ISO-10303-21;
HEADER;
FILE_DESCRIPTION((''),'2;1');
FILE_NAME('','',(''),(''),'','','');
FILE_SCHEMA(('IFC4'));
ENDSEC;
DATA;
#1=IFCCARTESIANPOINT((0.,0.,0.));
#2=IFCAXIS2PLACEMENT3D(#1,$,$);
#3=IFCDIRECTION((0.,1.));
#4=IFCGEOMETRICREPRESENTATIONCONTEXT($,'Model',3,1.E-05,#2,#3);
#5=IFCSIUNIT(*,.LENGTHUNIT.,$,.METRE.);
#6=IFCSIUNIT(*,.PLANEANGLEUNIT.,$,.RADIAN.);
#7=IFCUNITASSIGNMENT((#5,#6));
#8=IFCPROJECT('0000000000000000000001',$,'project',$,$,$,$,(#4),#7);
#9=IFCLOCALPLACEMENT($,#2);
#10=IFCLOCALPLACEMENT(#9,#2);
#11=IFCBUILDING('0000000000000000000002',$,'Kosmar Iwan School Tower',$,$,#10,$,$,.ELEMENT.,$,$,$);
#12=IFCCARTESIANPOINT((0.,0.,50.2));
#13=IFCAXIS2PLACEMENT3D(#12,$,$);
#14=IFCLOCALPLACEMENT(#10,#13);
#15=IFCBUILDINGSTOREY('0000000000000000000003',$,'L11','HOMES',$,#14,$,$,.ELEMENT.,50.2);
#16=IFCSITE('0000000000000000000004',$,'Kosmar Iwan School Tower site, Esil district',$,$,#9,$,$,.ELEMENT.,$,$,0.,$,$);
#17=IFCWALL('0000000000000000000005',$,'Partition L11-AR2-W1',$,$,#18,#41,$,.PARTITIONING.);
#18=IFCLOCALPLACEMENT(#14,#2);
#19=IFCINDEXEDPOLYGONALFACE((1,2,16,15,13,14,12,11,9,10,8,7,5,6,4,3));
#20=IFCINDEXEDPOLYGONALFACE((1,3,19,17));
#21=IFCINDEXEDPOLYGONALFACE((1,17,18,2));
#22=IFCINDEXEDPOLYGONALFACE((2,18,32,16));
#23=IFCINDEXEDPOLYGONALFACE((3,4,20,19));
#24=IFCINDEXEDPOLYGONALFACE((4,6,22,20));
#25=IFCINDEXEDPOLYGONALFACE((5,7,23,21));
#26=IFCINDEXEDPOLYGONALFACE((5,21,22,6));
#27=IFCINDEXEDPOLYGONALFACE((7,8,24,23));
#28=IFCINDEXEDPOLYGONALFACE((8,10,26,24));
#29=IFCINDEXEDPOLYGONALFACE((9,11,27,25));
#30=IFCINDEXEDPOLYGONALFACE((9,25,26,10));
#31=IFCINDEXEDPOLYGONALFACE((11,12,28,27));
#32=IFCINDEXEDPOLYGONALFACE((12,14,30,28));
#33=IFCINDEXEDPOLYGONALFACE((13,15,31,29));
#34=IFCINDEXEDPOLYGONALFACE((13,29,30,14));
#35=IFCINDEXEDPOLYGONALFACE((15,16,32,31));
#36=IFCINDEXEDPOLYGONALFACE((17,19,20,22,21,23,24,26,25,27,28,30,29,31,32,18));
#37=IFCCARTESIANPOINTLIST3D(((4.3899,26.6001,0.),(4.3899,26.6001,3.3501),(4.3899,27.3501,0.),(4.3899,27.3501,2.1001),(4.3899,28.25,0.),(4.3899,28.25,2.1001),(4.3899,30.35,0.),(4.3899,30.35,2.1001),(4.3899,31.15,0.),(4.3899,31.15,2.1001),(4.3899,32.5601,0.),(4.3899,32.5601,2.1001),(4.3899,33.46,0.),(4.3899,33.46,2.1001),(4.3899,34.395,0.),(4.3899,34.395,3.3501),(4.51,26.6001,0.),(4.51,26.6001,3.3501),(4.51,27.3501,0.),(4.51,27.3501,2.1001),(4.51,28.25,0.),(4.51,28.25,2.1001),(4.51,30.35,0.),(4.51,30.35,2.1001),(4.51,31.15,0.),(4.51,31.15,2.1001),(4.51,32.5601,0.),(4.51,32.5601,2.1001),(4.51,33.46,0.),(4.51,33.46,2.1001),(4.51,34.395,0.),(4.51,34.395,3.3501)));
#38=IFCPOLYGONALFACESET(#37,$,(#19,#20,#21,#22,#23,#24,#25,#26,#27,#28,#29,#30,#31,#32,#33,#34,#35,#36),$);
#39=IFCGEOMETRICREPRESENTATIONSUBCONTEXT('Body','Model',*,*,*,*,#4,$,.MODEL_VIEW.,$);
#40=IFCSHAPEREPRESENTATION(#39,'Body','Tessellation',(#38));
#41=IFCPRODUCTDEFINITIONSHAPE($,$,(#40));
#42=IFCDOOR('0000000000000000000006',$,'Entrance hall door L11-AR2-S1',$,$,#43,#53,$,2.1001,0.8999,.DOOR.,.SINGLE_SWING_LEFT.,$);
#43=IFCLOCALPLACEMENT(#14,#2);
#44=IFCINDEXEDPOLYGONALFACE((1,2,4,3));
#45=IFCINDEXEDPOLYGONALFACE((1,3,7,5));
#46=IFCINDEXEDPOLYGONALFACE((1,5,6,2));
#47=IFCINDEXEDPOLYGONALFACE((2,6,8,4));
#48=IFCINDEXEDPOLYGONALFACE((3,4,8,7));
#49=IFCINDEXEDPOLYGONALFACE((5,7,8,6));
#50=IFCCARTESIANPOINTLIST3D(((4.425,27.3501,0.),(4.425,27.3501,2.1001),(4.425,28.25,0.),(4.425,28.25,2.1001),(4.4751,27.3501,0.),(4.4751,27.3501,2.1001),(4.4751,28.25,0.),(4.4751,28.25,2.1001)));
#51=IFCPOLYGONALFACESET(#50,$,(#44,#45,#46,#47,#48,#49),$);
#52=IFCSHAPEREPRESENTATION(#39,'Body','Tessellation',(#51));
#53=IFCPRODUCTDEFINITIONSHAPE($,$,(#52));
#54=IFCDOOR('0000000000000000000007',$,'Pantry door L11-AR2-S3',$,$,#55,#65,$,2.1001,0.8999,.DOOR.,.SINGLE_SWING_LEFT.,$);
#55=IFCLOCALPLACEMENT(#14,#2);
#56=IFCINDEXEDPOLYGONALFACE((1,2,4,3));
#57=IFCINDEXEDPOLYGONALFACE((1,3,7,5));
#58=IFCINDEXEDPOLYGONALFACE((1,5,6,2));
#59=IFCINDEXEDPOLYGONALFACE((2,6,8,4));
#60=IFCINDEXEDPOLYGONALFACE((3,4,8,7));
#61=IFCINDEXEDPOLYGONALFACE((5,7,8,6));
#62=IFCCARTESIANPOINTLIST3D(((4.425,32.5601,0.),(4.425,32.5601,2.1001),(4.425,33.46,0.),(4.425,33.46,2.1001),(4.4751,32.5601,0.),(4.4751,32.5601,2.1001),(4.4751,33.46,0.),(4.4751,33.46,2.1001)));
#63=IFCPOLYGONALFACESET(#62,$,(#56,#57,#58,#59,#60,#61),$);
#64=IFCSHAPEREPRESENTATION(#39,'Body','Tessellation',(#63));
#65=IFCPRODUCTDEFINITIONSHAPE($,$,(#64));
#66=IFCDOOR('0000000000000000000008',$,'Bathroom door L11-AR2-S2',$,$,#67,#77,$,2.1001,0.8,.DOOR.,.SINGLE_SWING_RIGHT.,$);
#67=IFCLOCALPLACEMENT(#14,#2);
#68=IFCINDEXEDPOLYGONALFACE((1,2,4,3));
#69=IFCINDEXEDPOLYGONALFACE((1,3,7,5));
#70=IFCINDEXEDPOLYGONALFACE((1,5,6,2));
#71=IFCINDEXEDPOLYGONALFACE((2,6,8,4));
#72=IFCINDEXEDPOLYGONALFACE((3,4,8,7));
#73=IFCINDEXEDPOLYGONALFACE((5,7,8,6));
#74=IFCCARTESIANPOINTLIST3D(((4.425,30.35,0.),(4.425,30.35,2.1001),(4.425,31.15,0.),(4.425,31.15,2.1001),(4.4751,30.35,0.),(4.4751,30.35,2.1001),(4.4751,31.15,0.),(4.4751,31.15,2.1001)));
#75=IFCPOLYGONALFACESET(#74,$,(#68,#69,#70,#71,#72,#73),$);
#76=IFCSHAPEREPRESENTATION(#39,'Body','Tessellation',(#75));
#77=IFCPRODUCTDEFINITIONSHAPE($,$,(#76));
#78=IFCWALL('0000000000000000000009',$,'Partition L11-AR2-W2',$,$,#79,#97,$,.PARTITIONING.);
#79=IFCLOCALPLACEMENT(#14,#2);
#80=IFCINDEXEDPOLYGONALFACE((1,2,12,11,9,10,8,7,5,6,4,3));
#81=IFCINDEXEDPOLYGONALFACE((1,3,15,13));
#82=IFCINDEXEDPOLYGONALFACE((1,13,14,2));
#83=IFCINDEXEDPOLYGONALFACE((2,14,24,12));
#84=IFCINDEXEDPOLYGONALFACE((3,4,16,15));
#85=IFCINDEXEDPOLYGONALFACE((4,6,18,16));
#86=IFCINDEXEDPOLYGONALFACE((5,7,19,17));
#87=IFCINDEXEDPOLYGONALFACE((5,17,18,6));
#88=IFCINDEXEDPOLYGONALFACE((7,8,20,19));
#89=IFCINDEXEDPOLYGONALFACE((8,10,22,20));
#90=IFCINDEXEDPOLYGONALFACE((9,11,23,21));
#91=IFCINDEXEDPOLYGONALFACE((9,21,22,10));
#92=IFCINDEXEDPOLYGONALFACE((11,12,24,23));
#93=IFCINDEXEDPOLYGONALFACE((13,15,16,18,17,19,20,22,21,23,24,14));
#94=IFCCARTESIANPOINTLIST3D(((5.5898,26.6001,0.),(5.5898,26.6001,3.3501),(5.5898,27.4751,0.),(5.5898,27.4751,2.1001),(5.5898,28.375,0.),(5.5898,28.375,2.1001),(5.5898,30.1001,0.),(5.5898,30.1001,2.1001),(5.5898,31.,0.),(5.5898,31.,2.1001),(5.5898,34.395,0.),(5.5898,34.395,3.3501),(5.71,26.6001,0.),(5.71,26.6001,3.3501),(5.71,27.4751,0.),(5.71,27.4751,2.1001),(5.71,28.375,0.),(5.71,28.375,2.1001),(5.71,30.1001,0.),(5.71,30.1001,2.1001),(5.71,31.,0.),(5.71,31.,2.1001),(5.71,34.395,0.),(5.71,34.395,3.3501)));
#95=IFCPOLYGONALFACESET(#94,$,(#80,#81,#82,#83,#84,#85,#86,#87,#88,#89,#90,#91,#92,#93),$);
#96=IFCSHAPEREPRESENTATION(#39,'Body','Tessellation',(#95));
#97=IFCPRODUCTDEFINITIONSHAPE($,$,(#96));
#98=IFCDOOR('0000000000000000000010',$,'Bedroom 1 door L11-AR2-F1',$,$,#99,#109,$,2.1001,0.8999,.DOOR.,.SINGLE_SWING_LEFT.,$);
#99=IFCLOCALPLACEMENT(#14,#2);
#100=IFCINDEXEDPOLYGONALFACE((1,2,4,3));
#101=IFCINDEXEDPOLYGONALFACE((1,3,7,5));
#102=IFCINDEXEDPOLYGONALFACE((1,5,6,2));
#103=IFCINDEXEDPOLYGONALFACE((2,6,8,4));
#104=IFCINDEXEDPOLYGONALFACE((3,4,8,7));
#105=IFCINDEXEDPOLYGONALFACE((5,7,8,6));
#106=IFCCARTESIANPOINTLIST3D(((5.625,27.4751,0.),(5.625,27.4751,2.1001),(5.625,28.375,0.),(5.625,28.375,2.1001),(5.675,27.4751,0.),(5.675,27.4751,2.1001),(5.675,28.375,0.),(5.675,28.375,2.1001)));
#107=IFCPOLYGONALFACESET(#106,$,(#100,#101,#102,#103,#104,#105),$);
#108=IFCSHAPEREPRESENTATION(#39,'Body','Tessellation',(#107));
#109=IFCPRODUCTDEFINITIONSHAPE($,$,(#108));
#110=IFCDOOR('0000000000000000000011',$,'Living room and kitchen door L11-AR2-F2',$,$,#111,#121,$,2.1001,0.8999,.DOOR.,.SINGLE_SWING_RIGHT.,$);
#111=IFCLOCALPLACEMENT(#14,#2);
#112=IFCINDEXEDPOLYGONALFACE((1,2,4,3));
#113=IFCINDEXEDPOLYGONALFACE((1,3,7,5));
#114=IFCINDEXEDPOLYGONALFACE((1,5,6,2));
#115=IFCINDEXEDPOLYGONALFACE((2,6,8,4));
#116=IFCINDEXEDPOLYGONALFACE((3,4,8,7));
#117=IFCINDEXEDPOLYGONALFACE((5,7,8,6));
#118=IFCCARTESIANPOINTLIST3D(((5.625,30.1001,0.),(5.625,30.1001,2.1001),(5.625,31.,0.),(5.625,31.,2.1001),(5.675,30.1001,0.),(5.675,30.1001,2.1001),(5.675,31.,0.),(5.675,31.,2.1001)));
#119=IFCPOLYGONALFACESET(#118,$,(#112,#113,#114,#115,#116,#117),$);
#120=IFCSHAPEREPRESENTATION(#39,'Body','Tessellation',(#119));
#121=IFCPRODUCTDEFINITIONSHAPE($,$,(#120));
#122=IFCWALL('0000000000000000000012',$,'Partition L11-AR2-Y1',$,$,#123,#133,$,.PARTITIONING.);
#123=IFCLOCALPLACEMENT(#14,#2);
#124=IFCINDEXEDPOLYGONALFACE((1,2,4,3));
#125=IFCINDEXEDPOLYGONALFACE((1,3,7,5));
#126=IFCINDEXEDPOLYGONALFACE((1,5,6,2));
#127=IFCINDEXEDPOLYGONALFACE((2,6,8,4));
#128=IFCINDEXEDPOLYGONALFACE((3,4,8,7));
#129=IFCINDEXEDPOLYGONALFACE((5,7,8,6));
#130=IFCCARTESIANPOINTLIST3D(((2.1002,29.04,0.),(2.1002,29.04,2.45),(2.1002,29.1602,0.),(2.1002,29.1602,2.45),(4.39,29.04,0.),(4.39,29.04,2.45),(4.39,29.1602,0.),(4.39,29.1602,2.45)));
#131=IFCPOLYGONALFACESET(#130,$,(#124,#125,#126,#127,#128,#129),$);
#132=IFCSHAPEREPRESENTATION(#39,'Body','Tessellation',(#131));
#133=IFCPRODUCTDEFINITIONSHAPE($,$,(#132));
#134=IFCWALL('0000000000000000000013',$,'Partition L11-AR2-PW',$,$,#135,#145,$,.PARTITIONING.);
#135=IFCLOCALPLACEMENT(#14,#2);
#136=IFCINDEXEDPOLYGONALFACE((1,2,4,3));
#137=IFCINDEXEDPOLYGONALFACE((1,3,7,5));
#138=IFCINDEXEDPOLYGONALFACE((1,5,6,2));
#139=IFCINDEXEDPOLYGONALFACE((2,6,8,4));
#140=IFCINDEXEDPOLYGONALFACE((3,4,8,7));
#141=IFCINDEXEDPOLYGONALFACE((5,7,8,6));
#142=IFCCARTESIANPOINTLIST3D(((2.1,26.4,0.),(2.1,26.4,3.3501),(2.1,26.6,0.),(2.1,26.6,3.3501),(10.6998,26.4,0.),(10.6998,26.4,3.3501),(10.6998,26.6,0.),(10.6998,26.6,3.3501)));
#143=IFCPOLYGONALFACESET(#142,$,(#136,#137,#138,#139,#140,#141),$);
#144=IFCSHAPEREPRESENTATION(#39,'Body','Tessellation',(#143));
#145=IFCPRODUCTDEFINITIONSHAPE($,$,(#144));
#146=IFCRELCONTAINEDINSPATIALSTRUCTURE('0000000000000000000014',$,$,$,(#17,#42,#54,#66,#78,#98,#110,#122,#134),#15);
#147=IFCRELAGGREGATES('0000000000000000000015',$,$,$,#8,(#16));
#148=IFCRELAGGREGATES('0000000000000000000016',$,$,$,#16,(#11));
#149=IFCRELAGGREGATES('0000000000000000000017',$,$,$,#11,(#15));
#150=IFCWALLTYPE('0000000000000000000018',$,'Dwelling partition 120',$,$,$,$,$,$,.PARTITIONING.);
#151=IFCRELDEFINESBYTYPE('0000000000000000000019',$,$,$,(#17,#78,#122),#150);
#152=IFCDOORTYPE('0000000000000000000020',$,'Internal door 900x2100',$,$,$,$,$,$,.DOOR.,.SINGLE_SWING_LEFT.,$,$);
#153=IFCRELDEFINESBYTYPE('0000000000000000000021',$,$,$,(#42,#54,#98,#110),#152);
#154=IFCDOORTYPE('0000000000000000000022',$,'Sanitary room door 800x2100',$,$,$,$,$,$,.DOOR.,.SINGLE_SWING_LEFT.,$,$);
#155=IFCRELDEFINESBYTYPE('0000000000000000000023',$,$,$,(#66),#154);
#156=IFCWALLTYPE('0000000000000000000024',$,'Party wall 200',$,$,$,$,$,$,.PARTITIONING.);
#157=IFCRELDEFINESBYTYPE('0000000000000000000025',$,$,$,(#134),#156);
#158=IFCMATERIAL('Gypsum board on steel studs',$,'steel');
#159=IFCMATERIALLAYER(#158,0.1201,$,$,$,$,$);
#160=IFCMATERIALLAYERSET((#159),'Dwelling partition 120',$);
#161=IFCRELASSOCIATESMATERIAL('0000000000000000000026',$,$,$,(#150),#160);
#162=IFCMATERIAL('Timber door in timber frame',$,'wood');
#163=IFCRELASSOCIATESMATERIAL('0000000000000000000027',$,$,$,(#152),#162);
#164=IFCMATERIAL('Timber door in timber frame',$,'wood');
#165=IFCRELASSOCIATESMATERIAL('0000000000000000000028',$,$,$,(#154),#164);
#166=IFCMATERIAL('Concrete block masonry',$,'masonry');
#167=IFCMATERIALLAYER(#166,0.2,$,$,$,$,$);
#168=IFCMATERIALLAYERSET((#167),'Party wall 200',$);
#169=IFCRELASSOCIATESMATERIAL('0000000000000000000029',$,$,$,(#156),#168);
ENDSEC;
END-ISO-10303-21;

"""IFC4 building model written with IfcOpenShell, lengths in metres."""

from ifc_helpers import new_model, si_unit, direction, frame, frame_2d, origin, place, context, subcontext, project, spatial, rectangle, extrude, material, layer, layer_set, type_object, element, fill, save


model = new_model("IFC4")

# Units and contexts
model_context = context("Model", 3, precision=1e-05, world=origin(), true_north=direction((0.0, 1.0)))
body_context = subcontext(model_context, "Body", "Model", "MODEL_VIEW")
ifc_project = project(units=[si_unit("LENGTHUNIT", "METRE"), si_unit("PLANEANGLEUNIT", "RADIAN")], contexts=[model_context])

# Site, building, storey
site_placement = place(None, origin())
site = spatial("IfcSite", under=ifc_project, at=site_placement, Name="Kosmar Iwan School Tower site, Esil district", CompositionType="ELEMENT", RefElevation=0.0)
building_placement = place(site_placement, origin())
building = spatial("IfcBuilding", under=site, at=building_placement, Name="Kosmar Iwan School Tower", CompositionType="ELEMENT")
storey_placement = place(building_placement, frame((0.0, 0.0, 50.2)))
storey = spatial("IfcBuildingStorey", under=building, at=storey_placement, Name="L11", Description="HOMES", CompositionType="ELEMENT", Elevation=50.2)

# Shared definitions
ifc_material_1 = material(Name="Gypsum board on steel studs", Category="steel")
ifc_layer_1 = layer(ifc_material_1, 0.1201)
ifc_layer_set_1 = layer_set([ifc_layer_1], Name="Dwelling partition 120")
wall_type_1 = type_object("IfcWallType", Name="Dwelling partition 120", PredefinedType="PARTITIONING", material=ifc_layer_set_1)

# Walls, openings, doors
wall_1_placement = place(storey_placement, frame((4.45, 26.6001, 0.0), z_axis=(0.0, 0.0, 1.0), x_axis=(0.0, 1.0, 0.0)))
wall_1 = element("IfcWall", 1, at=wall_1_placement, inside=storey, type_object=wall_type_1, Name="Partition L11-AR2-W1", PredefinedType="PARTITIONING", context=body_context, shape_type="SweptSolid", body=[
    extrude(rectangle(XDim=7.7949, YDim=0.1201, at=frame_2d((3.8975, 0.0))), origin(), (0.0, 0.0, 1.0), 3.3501),
])
opening_1_placement = place(wall_1_placement, frame((0.75, 0.0, 0.0)))
opening_1 = element("IfcOpeningElement", 2, at=opening_1_placement, cuts=wall_1, PredefinedType="OPENING", context=body_context, shape_type="SweptSolid", body=[
    extrude(rectangle(XDim=0.8999, YDim=2.1001, at=frame_2d((0.45, 1.05))), frame((0.0, 0.072, 0.0), z_axis=(0.0, -1.0, 0.0), x_axis=(1.0, 0.0, 0.0)), (0.0, 0.0, 1.0), 0.144),
])
opening_2_placement = place(wall_1_placement, frame((3.75, 0.0, 0.0)))
opening_2 = element("IfcOpeningElement", 3, at=opening_2_placement, cuts=wall_1, PredefinedType="OPENING", context=body_context, shape_type="SweptSolid", body=[
    extrude(rectangle(XDim=0.8, YDim=2.1001, at=frame_2d((0.3999, 1.05))), frame((0.0, 0.072, 0.0), z_axis=(0.0, -1.0, 0.0), x_axis=(1.0, 0.0, 0.0)), (0.0, 0.0, 1.0), 0.144),
])
opening_3_placement = place(wall_1_placement, frame((5.96, 0.0, 0.0)))
opening_3 = element("IfcOpeningElement", 4, at=opening_3_placement, cuts=wall_1, PredefinedType="OPENING", context=body_context, shape_type="SweptSolid", body=[
    extrude(rectangle(XDim=0.8999, YDim=2.1001, at=frame_2d((0.45, 1.05))), frame((0.0, 0.072, 0.0), z_axis=(0.0, -1.0, 0.0), x_axis=(1.0, 0.0, 0.0)), (0.0, 0.0, 1.0), 0.144),
])
ifc_material_2 = material(Name="Timber door in timber frame", Category="wood")
door_type_1 = type_object("IfcDoorType", Name="Internal door 900x2100", OperationType="SINGLE_SWING_LEFT", PredefinedType="DOOR", material=ifc_material_2)
door_1_placement = place(opening_1_placement, origin())
door_1 = element("IfcDoor", 5, at=door_1_placement, inside=storey, type_object=door_type_1, Name="Entrance hall door L11-AR2-S1", OperationType="SINGLE_SWING_LEFT", OverallHeight=2.1001, OverallWidth=0.8999, PredefinedType="DOOR", context=body_context, shape_type="SweptSolid", body=[
    extrude(rectangle(XDim=0.8999, YDim=2.1001, at=frame_2d((0.45, 1.05))), frame((0.0, 0.0249, 0.0), z_axis=(0.0, -1.0, 0.0), x_axis=(1.0, 0.0, 0.0)), (0.0, 0.0, 1.0), 0.05),
])
fill(opening_1, door_1)
door_2_placement = place(opening_3_placement, origin())
door_2 = element("IfcDoor", 6, at=door_2_placement, inside=storey, type_object=door_type_1, Name="Pantry door L11-AR2-S3", OperationType="SINGLE_SWING_LEFT", OverallHeight=2.1001, OverallWidth=0.8999, PredefinedType="DOOR", context=body_context, shape_type="SweptSolid", body=[
    extrude(rectangle(XDim=0.8999, YDim=2.1001, at=frame_2d((0.45, 1.05))), frame((0.0, 0.0249, 0.0), z_axis=(0.0, -1.0, 0.0), x_axis=(1.0, 0.0, 0.0)), (0.0, 0.0, 1.0), 0.05),
])
fill(opening_3, door_2)
ifc_material_3 = material(Name="Timber door in timber frame", Category="wood")
door_type_2 = type_object("IfcDoorType", Name="Sanitary room door 800x2100", OperationType="SINGLE_SWING_LEFT", PredefinedType="DOOR", material=ifc_material_3)
door_3_placement = place(opening_2_placement, origin())
door_3 = element("IfcDoor", 7, at=door_3_placement, inside=storey, type_object=door_type_2, Name="Bathroom door L11-AR2-S2", OperationType="SINGLE_SWING_RIGHT", OverallHeight=2.1001, OverallWidth=0.8, PredefinedType="DOOR", context=body_context, shape_type="SweptSolid", body=[
    extrude(rectangle(XDim=0.8, YDim=2.1001, at=frame_2d((0.3999, 1.05))), frame((0.0, 0.0249, 0.0), z_axis=(0.0, -1.0, 0.0), x_axis=(1.0, 0.0, 0.0)), (0.0, 0.0, 1.0), 0.05),
])
fill(opening_2, door_3)
wall_2_placement = place(storey_placement, frame((5.6499, 26.6001, 0.0), z_axis=(0.0, 0.0, 1.0), x_axis=(0.0, 1.0, 0.0)))
wall_2 = element("IfcWall", 8, at=wall_2_placement, inside=storey, type_object=wall_type_1, Name="Partition L11-AR2-W2", PredefinedType="PARTITIONING", context=body_context, shape_type="SweptSolid", body=[
    extrude(rectangle(XDim=7.7949, YDim=0.1201, at=frame_2d((3.8975, 0.0))), origin(), (0.0, 0.0, 1.0), 3.3501),
])
opening_4_placement = place(wall_2_placement, frame((0.875, 0.0, 0.0)))
opening_4 = element("IfcOpeningElement", 9, at=opening_4_placement, cuts=wall_2, PredefinedType="OPENING", context=body_context, shape_type="SweptSolid", body=[
    extrude(rectangle(XDim=0.8999, YDim=2.1001, at=frame_2d((0.45, 1.05))), frame((0.0, 0.072, 0.0), z_axis=(0.0, -1.0, 0.0), x_axis=(1.0, 0.0, 0.0)), (0.0, 0.0, 1.0), 0.144),
])
opening_5_placement = place(wall_2_placement, frame((3.5, 0.0, 0.0)))
opening_5 = element("IfcOpeningElement", 10, at=opening_5_placement, cuts=wall_2, PredefinedType="OPENING", context=body_context, shape_type="SweptSolid", body=[
    extrude(rectangle(XDim=0.8999, YDim=2.1001, at=frame_2d((0.45, 1.05))), frame((0.0, 0.072, 0.0), z_axis=(0.0, -1.0, 0.0), x_axis=(1.0, 0.0, 0.0)), (0.0, 0.0, 1.0), 0.144),
])
door_4_placement = place(opening_4_placement, origin())
door_4 = element("IfcDoor", 11, at=door_4_placement, inside=storey, type_object=door_type_1, Name="Bedroom 1 door L11-AR2-F1", OperationType="SINGLE_SWING_LEFT", OverallHeight=2.1001, OverallWidth=0.8999, PredefinedType="DOOR", context=body_context, shape_type="SweptSolid", body=[
    extrude(rectangle(XDim=0.8999, YDim=2.1001, at=frame_2d((0.45, 1.05))), frame((0.0, 0.0249, 0.0), z_axis=(0.0, -1.0, 0.0), x_axis=(1.0, 0.0, 0.0)), (0.0, 0.0, 1.0), 0.05),
])
fill(opening_4, door_4)
door_5_placement = place(opening_5_placement, origin())
door_5 = element("IfcDoor", 12, at=door_5_placement, inside=storey, type_object=door_type_1, Name="Living room and kitchen door L11-AR2-F2", OperationType="SINGLE_SWING_RIGHT", OverallHeight=2.1001, OverallWidth=0.8999, PredefinedType="DOOR", context=body_context, shape_type="SweptSolid", body=[
    extrude(rectangle(XDim=0.8999, YDim=2.1001, at=frame_2d((0.45, 1.05))), frame((0.0, 0.0249, 0.0), z_axis=(0.0, -1.0, 0.0), x_axis=(1.0, 0.0, 0.0)), (0.0, 0.0, 1.0), 0.05),
])
fill(opening_5, door_5)

# Walls
wall_3_placement = place(storey_placement, frame((2.1001, 29.1001, 0.0), z_axis=(0.0, 0.0, 1.0), x_axis=(1.0, 0.0, 0.0)))
element("IfcWall", 13, at=wall_3_placement, inside=storey, type_object=wall_type_1, Name="Partition L11-AR2-Y1", PredefinedType="PARTITIONING", context=body_context, shape_type="SweptSolid", body=[
    extrude(rectangle(XDim=2.2898, YDim=0.1201, at=frame_2d((1.145, 0.0))), origin(), (0.0, 0.0, 1.0), 2.45),
])
ifc_material_4 = material(Name="Concrete block masonry", Category="masonry")
ifc_layer_2 = layer(ifc_material_4, 0.2)
ifc_layer_set_2 = layer_set([ifc_layer_2], Name="Party wall 200")
wall_type_2 = type_object("IfcWallType", Name="Party wall 200", PredefinedType="PARTITIONING", material=ifc_layer_set_2)
wall_4_placement = place(storey_placement, frame((2.1001, 26.5, 0.0), z_axis=(0.0, 0.0, 1.0), x_axis=(1.0, 0.0, 0.0)))
element("IfcWall", 14, at=wall_4_placement, inside=storey, type_object=wall_type_2, Name="Partition L11-AR2-PW", PredefinedType="PARTITIONING", context=body_context, shape_type="SweptSolid", body=[
    extrude(rectangle(XDim=8.5999, YDim=0.2, at=frame_2d((4.2998, 0.0))), origin(), (0.0, 0.0, 1.0), 3.3501),
])

save(model, "model.ifc")
